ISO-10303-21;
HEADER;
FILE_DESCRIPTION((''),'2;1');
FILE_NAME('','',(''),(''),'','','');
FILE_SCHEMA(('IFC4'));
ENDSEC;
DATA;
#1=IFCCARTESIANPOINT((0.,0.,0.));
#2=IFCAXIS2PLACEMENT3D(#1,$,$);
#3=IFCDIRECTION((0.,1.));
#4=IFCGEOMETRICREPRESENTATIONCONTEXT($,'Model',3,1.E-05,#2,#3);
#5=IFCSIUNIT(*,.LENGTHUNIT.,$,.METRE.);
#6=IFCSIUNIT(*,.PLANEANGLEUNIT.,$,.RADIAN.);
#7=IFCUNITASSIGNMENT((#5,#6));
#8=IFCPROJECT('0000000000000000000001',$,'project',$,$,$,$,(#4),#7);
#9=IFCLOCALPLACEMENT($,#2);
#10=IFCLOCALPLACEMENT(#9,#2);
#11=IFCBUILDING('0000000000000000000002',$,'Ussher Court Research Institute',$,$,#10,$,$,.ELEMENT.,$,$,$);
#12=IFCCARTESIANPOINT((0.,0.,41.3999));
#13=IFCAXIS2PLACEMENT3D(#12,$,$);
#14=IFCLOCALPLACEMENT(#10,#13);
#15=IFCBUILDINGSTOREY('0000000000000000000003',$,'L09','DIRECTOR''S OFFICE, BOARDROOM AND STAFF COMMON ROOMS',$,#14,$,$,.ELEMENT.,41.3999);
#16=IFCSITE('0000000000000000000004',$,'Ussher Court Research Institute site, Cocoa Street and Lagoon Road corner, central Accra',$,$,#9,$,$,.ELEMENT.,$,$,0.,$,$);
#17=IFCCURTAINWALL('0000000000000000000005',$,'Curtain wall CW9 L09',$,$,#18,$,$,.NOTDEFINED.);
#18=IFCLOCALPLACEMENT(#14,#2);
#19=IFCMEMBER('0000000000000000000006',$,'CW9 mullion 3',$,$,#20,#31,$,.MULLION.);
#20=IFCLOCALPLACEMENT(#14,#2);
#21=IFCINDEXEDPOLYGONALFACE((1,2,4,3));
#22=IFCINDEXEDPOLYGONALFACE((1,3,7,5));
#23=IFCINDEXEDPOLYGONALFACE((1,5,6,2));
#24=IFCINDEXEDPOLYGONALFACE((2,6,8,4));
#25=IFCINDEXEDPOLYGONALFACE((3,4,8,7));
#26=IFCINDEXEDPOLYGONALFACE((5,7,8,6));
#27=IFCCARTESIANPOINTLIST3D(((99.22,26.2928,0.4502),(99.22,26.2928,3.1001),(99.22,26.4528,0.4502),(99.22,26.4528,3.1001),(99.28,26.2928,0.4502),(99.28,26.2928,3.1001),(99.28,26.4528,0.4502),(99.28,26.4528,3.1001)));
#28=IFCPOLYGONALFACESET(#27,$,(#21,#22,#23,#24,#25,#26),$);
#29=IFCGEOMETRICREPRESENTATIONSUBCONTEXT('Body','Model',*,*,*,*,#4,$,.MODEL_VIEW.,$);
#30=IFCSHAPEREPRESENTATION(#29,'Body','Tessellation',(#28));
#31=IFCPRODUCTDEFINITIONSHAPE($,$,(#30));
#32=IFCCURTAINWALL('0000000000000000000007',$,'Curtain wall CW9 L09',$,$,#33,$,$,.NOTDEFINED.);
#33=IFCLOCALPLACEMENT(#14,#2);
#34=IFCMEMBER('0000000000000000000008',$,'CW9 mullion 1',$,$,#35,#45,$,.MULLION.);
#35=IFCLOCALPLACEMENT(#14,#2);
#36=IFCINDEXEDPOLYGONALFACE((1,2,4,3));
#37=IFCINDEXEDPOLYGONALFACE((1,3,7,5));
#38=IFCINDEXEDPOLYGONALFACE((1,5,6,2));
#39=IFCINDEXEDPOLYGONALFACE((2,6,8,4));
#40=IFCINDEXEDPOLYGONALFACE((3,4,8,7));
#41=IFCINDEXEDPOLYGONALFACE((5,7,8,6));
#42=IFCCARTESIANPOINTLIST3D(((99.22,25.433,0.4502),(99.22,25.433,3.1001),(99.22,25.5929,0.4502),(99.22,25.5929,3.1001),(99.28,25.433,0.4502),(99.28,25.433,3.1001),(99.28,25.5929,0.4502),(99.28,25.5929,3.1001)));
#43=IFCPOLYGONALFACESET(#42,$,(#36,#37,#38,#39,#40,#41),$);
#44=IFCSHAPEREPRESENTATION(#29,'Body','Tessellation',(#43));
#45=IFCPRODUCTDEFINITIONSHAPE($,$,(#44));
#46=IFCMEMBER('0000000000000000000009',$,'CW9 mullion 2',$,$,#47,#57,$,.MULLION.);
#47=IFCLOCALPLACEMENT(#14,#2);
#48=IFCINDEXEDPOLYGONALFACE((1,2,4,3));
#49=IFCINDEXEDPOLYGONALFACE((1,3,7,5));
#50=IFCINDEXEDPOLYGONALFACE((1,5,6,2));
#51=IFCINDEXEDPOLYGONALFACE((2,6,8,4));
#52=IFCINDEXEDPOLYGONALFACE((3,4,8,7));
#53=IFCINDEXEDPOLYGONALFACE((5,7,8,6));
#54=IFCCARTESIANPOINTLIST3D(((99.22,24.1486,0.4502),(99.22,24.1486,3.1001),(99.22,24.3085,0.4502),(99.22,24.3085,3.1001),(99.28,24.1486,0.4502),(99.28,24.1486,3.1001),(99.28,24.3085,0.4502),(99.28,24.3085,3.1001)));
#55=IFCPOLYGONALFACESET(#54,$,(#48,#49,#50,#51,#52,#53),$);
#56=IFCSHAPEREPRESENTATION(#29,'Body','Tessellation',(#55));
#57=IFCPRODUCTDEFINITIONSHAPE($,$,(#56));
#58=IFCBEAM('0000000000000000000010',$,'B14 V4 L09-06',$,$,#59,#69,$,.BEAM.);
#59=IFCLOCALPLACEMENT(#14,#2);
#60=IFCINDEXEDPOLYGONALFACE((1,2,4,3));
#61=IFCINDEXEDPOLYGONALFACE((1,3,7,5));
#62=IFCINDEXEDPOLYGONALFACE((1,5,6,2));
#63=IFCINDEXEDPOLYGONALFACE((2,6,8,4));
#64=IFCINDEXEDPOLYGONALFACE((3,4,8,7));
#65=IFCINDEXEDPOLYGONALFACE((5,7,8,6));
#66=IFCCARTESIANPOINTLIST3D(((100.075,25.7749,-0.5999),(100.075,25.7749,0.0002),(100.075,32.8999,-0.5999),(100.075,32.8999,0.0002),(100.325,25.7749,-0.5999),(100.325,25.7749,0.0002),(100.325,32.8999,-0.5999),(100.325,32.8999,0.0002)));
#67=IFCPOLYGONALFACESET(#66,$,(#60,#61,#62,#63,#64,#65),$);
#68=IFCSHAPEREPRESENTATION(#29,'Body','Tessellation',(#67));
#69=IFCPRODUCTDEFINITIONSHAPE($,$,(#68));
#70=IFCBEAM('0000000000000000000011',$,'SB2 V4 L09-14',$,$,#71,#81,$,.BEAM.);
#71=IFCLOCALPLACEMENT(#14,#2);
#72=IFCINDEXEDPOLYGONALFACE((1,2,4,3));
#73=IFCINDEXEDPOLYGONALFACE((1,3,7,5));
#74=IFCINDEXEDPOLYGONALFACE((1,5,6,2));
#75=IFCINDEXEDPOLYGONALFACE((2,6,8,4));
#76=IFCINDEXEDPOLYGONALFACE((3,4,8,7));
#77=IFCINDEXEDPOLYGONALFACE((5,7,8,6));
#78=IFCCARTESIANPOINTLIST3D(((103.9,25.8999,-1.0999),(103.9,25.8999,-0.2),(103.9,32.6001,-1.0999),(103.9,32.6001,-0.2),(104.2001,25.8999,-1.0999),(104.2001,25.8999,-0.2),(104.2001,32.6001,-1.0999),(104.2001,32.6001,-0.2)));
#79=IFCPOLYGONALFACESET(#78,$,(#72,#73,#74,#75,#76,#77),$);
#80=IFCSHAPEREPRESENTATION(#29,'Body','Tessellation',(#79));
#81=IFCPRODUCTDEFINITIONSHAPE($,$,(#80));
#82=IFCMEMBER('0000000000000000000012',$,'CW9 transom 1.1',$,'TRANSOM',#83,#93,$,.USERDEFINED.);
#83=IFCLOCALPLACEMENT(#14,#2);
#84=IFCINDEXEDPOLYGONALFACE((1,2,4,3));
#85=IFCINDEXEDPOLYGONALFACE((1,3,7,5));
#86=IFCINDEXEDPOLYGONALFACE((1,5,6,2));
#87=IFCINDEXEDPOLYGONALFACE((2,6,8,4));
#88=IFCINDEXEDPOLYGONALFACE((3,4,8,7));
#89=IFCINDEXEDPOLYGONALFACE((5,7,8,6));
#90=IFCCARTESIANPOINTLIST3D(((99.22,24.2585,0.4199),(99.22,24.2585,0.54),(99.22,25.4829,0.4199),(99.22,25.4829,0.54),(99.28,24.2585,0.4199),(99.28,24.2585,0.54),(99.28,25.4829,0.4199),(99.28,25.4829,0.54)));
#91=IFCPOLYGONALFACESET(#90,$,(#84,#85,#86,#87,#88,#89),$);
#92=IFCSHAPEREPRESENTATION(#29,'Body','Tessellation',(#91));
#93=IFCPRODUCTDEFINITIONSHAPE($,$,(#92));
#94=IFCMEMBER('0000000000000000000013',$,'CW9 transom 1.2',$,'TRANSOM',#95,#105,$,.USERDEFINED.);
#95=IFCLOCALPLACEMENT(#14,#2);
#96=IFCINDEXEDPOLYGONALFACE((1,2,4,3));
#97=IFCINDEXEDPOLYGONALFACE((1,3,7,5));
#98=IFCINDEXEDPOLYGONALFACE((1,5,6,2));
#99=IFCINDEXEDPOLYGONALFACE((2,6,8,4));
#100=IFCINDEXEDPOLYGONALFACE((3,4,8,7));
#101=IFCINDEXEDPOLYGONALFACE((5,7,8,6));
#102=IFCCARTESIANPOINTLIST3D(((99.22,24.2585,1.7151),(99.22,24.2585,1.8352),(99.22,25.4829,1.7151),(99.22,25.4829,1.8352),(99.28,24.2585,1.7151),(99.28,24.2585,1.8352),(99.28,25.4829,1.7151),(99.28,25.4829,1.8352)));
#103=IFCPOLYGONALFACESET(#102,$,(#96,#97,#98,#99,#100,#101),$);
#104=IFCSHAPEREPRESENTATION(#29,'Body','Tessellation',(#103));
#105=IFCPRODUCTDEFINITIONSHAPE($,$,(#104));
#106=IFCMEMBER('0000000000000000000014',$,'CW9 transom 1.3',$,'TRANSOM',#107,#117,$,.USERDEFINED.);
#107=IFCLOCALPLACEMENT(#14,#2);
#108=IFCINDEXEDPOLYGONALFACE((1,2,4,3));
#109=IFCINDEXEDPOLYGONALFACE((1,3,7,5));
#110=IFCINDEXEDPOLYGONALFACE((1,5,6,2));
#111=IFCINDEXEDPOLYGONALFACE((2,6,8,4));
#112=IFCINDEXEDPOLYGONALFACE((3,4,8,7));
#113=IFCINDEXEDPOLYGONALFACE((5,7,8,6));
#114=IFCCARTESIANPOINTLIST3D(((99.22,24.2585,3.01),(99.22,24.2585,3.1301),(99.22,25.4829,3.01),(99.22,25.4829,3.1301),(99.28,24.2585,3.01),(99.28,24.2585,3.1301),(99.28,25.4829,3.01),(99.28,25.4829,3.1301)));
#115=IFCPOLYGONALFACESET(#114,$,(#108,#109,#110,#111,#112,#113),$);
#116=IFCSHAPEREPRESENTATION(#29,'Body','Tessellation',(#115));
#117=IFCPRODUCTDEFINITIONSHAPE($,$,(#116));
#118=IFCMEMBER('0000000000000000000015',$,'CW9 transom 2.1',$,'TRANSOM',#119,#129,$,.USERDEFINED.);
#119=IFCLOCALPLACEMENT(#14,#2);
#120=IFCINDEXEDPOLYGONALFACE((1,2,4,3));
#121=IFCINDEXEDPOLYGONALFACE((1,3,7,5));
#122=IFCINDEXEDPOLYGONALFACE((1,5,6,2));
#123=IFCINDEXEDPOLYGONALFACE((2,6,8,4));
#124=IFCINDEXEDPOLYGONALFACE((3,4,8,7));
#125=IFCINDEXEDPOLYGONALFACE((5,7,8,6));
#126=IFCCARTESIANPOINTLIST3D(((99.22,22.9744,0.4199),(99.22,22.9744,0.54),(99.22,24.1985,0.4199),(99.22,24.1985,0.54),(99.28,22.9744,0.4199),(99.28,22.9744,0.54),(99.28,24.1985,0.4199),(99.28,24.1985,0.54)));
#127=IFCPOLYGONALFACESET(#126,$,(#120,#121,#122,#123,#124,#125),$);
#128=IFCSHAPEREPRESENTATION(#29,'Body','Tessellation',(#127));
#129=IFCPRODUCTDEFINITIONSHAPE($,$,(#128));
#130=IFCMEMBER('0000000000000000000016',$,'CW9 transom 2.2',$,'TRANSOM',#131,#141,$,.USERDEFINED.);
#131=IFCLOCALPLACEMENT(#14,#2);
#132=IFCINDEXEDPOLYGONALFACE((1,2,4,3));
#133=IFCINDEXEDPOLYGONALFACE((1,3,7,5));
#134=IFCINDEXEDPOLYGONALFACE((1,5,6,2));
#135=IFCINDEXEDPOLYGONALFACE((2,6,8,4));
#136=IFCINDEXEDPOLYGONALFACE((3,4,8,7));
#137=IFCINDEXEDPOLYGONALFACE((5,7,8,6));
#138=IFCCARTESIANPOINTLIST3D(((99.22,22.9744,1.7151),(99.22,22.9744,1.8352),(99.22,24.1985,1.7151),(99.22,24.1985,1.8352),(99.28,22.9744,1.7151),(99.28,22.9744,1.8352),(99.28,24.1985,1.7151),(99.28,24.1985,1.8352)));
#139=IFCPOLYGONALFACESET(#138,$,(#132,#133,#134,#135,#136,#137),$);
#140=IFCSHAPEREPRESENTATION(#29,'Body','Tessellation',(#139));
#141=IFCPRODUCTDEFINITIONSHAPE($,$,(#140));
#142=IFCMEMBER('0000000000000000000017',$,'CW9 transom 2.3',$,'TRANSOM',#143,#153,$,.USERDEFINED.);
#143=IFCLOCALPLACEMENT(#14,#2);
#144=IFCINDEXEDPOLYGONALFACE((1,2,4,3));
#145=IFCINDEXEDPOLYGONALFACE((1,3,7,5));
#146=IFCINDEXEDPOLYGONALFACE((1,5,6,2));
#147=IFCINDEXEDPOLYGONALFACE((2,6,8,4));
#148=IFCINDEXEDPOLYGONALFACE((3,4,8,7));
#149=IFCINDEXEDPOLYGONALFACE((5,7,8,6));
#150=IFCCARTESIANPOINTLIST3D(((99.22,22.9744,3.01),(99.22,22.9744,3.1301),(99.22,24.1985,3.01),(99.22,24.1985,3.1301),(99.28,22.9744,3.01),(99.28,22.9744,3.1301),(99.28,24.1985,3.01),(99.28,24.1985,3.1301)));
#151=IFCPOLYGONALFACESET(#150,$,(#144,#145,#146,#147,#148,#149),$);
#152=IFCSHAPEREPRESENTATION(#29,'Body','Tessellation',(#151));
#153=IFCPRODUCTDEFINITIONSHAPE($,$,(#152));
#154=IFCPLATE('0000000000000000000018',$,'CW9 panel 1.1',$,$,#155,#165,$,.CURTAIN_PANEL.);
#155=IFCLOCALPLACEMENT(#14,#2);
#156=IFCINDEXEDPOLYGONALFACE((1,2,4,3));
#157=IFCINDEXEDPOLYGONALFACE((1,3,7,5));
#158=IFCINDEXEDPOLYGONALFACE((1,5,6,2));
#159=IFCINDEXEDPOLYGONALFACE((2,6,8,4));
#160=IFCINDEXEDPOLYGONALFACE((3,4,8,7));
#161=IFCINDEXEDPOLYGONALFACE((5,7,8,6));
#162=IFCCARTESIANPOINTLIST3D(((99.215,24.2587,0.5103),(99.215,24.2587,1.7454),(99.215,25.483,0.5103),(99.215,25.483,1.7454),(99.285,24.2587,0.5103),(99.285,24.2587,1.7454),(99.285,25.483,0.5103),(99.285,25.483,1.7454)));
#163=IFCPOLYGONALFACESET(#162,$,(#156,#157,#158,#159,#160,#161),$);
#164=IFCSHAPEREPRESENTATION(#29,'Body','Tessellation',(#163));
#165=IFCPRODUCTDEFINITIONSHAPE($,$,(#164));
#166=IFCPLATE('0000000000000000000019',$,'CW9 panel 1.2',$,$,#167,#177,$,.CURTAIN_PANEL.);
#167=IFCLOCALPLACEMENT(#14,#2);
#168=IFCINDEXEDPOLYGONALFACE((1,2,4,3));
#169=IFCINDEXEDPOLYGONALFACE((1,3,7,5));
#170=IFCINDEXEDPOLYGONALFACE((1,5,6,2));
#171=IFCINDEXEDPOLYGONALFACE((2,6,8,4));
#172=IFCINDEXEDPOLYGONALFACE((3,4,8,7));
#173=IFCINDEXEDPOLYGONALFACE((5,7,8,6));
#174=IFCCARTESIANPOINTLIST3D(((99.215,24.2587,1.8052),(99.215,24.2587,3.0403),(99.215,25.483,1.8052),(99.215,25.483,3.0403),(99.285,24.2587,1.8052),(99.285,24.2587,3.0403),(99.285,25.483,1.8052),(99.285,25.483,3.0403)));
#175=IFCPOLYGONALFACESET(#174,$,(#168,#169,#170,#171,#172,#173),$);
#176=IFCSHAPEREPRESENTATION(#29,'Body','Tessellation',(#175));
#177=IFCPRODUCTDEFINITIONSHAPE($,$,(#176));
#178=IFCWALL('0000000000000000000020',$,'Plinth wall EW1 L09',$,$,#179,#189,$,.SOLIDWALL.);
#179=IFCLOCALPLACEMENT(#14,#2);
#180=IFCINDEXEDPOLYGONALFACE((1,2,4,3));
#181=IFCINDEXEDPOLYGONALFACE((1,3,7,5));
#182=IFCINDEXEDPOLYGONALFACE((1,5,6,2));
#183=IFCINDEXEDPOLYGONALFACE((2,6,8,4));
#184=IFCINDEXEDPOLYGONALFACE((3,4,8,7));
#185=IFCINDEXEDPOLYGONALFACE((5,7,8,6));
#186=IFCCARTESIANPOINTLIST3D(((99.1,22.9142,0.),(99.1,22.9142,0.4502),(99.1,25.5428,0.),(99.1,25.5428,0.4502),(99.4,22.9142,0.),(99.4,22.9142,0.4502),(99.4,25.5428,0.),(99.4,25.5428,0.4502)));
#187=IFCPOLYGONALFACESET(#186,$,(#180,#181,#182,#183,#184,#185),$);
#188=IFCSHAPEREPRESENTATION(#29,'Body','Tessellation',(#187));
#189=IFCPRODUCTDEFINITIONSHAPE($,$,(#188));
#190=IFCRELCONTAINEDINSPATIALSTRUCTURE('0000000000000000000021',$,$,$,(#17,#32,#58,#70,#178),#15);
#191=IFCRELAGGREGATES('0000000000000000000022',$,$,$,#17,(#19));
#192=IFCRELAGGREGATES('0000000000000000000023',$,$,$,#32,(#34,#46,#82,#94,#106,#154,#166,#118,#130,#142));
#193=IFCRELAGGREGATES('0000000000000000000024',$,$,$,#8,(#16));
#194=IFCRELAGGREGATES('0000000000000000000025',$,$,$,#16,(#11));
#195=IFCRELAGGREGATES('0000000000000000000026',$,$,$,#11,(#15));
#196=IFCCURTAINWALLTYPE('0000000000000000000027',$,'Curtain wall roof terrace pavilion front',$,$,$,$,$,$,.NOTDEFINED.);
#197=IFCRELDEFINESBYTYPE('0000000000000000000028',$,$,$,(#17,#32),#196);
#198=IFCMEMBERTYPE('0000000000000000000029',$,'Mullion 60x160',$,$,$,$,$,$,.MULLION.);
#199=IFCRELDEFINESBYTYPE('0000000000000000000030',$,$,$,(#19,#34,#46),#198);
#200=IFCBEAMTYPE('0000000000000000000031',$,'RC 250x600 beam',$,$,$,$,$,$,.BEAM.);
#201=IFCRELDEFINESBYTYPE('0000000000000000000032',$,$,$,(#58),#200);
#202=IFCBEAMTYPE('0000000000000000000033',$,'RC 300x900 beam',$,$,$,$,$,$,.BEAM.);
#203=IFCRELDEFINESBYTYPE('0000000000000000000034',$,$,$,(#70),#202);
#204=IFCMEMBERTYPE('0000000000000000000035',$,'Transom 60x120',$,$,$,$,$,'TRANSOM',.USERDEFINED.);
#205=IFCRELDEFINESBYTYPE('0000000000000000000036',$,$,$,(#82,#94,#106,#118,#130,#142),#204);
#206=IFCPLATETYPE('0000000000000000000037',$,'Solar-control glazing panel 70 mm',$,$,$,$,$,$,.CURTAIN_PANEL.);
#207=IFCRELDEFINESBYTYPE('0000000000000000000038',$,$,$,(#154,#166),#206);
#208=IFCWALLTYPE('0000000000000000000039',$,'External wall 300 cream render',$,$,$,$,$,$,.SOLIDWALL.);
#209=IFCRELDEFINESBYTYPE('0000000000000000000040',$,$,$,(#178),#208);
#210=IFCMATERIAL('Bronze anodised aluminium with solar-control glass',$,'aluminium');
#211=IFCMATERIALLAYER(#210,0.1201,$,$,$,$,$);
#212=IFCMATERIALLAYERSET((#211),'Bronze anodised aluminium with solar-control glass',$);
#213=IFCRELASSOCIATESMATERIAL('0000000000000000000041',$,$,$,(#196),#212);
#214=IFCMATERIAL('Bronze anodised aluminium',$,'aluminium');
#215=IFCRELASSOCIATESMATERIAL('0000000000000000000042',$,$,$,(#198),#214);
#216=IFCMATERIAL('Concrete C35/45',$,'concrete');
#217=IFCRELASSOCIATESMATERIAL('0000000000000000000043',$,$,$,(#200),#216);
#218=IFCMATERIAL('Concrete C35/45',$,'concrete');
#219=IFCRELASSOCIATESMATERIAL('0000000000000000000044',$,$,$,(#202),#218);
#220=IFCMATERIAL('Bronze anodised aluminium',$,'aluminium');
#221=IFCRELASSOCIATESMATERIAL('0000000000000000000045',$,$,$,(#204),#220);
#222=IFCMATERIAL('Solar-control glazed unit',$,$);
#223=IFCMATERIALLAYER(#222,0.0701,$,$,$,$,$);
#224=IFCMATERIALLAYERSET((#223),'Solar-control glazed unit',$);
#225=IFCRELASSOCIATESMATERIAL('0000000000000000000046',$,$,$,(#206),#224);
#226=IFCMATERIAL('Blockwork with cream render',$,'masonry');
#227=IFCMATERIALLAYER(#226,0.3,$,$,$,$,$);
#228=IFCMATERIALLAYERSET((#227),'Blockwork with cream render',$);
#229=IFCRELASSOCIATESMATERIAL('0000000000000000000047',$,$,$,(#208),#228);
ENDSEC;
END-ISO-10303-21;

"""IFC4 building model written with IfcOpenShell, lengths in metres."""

from ifc_helpers import new_model, si_unit, direction, frame, frame_2d, origin, origin_2d, place, context, subcontext, project, spatial, rectangle, extrude, material, layer, layer_set, material_profile, profile_set, type_object, element, aggregate, save


model = new_model("IFC4")

# Units and contexts
model_context = context("Model", 3, precision=1e-05, world=origin(), true_north=direction((0.0, 1.0)))
body_context = subcontext(model_context, "Body", "Model", "MODEL_VIEW")
ifc_project = project(units=[si_unit("LENGTHUNIT", "METRE"), si_unit("PLANEANGLEUNIT", "RADIAN")], contexts=[model_context])

# Site, building, storey
site_placement = place(None, origin())
site = spatial("IfcSite", under=ifc_project, at=site_placement, Name="Ussher Court Research Institute site, Cocoa Street and Lagoon Road corner, central Accra", CompositionType="ELEMENT", RefElevation=0.0)
building_placement = place(site_placement, origin())
building = spatial("IfcBuilding", under=site, at=building_placement, Name="Ussher Court Research Institute", CompositionType="ELEMENT")
storey_placement = place(building_placement, frame((0.0, 0.0, 41.3999)))
storey = spatial("IfcBuildingStorey", under=building, at=storey_placement, Name="L09", Description="DIRECTOR'S OFFICE, BOARDROOM AND STAFF COMMON ROOMS", CompositionType="ELEMENT", Elevation=41.3999)

# Curtain wall, member
ifc_material_1 = material(Name="Bronze anodised aluminium with solar-control glass", Category="aluminium")
ifc_layer_1 = layer(ifc_material_1, 0.1201)
ifc_layer_set_1 = layer_set([ifc_layer_1], Name="Bronze anodised aluminium with solar-control glass")
curtain_wall_type = type_object("IfcCurtainWallType", Name="Curtain wall roof terrace pavilion front", PredefinedType="NOTDEFINED", material=ifc_layer_set_1)
curtain_wall_1_placement = place(storey_placement, origin())
curtain_wall_1 = element("IfcCurtainWall", 1, at=curtain_wall_1_placement, inside=storey, type_object=curtain_wall_type, Name="Curtain wall CW9 L09", PredefinedType="NOTDEFINED")
ifc_material_2 = material(Name="Bronze anodised aluminium", Category="aluminium")
ifc_material_profile_1 = material_profile(ifc_material_2, rectangle(XDim=0.0601, YDim=0.1599, at=origin_2d()), Name="Mullion 60x160")
ifc_profile_set_1 = profile_set([ifc_material_profile_1], Name="Bronze anodised aluminium")
member_type_1 = type_object("IfcMemberType", Name="Mullion 60x160", PredefinedType="MULLION", material=ifc_profile_set_1)
member_1_placement = place(storey_placement, frame((99.25, 26.3728, 0.4502), z_axis=(0.0, 0.0, 1.0), x_axis=(1.0, 0.0, 0.0)))
member_1 = element("IfcMember", 2, at=member_1_placement, type_object=member_type_1, Name="CW9 mullion 3", PredefinedType="MULLION", context=body_context, shape_type="SweptSolid", body=[
    extrude(rectangle(XDim=0.0601, YDim=0.1599, at=origin_2d()), origin(), (0.0, 0.0, 1.0), 2.6499),
])
aggregate(curtain_wall_1, [member_1])

# Curtain wall, members
curtain_wall_2_placement = place(storey_placement, origin())
curtain_wall_2 = element("IfcCurtainWall", 3, at=curtain_wall_2_placement, inside=storey, type_object=curtain_wall_type, Name="Curtain wall CW9 L09", PredefinedType="NOTDEFINED")
member_2_placement = place(storey_placement, frame((99.25, 25.5129, 0.4502), z_axis=(0.0, 0.0, 1.0), x_axis=(1.0, 0.0, 0.0)))
member_2 = element("IfcMember", 4, at=member_2_placement, type_object=member_type_1, Name="CW9 mullion 1", PredefinedType="MULLION", context=body_context, shape_type="SweptSolid", body=[
    extrude(rectangle(XDim=0.0601, YDim=0.1599, at=origin_2d()), origin(), (0.0, 0.0, 1.0), 2.6499),
])
member_3_placement = place(storey_placement, frame((99.25, 24.2285, 0.4502), z_axis=(0.0, 0.0, 1.0), x_axis=(1.0, 0.0, 0.0)))
member_3 = element("IfcMember", 5, at=member_3_placement, type_object=member_type_1, Name="CW9 mullion 2", PredefinedType="MULLION", context=body_context, shape_type="SweptSolid", body=[
    extrude(rectangle(XDim=0.0601, YDim=0.1599, at=origin_2d()), origin(), (0.0, 0.0, 1.0), 2.6499),
])

# Beams
ifc_material_3 = material(Name="Concrete C35/45", Category="concrete")
ifc_material_profile_2 = material_profile(ifc_material_3, rectangle(XDim=0.25, YDim=0.6001, at=origin_2d()), Name="RC 250x600")
ifc_profile_set_2 = profile_set([ifc_material_profile_2], Name="Concrete C35/45")
beam_type_1 = type_object("IfcBeamType", Name="RC 250x600 beam", PredefinedType="BEAM", material=ifc_profile_set_2)
beam_1_placement = place(storey_placement, frame((100.2, 25.7749, -0.2998), z_axis=(0.0, 1.0, 0.0), x_axis=(-1.0, 0.0, 0.0)))
element("IfcBeam", 6, at=beam_1_placement, inside=storey, type_object=beam_type_1, Name="B14 V4 L09-06", PredefinedType="BEAM", context=body_context, shape_type="SweptSolid", body=[
    extrude(rectangle(XDim=0.25, YDim=0.6001, at=origin_2d()), origin(), (0.0, 0.0, 1.0), 7.125),
])
ifc_material_4 = material(Name="Concrete C35/45", Category="concrete")
ifc_material_profile_3 = material_profile(ifc_material_4, rectangle(XDim=0.3, YDim=0.8999, at=origin_2d()), Name="RC 300x900")
ifc_profile_set_3 = profile_set([ifc_material_profile_3], Name="Concrete C35/45")
beam_type_2 = type_object("IfcBeamType", Name="RC 300x900 beam", PredefinedType="BEAM", material=ifc_profile_set_3)
beam_2_placement = place(storey_placement, frame((104.05, 25.8999, -0.6499), z_axis=(0.0, 1.0, 0.0), x_axis=(-1.0, 0.0, 0.0)))
element("IfcBeam", 7, at=beam_2_placement, inside=storey, type_object=beam_type_2, Name="SB2 V4 L09-14", PredefinedType="BEAM", context=body_context, shape_type="SweptSolid", body=[
    extrude(rectangle(XDim=0.3, YDim=0.8999, at=origin_2d()), origin(), (0.0, 0.0, 1.0), 6.7002),
])

# Members
ifc_material_5 = material(Name="Bronze anodised aluminium", Category="aluminium")
ifc_material_profile_4 = material_profile(ifc_material_5, rectangle(XDim=0.0601, YDim=0.1201, at=origin_2d()), Name="Transom 60x120")
ifc_profile_set_4 = profile_set([ifc_material_profile_4], Name="Bronze anodised aluminium")
member_type_2 = type_object("IfcMemberType", Name="Transom 60x120", ElementType="TRANSOM", PredefinedType="USERDEFINED", material=ifc_profile_set_4)
member_4_placement = place(storey_placement, frame((99.25, 25.4829, 0.48), z_axis=(0.0, -1.0, 0.0), x_axis=(1.0, 0.0, 0.0)))
member_4 = element("IfcMember", 8, at=member_4_placement, type_object=member_type_2, Name="CW9 transom 1.1", ObjectType="TRANSOM", PredefinedType="USERDEFINED", context=body_context, shape_type="SweptSolid", body=[
    extrude(rectangle(XDim=0.0601, YDim=0.1201, at=origin_2d()), origin(), (0.0, 0.0, 1.0), 1.2244),
])
member_5_placement = place(storey_placement, frame((99.25, 25.4829, 1.7751), z_axis=(0.0, -1.0, 0.0), x_axis=(1.0, 0.0, 0.0)))
member_5 = element("IfcMember", 9, at=member_5_placement, type_object=member_type_2, Name="CW9 transom 1.2", ObjectType="TRANSOM", PredefinedType="USERDEFINED", context=body_context, shape_type="SweptSolid", body=[
    extrude(rectangle(XDim=0.0601, YDim=0.1201, at=origin_2d()), origin(), (0.0, 0.0, 1.0), 1.2244),
])
member_6_placement = place(storey_placement, frame((99.25, 25.4829, 3.0701), z_axis=(0.0, -1.0, 0.0), x_axis=(1.0, 0.0, 0.0)))
member_6 = element("IfcMember", 10, at=member_6_placement, type_object=member_type_2, Name="CW9 transom 1.3", ObjectType="TRANSOM", PredefinedType="USERDEFINED", context=body_context, shape_type="SweptSolid", body=[
    extrude(rectangle(XDim=0.0601, YDim=0.1201, at=origin_2d()), origin(), (0.0, 0.0, 1.0), 1.2244),
])
member_7_placement = place(storey_placement, frame((99.25, 24.1985, 0.48), z_axis=(0.0, -1.0, 0.0), x_axis=(1.0, 0.0, 0.0)))
member_7 = element("IfcMember", 11, at=member_7_placement, type_object=member_type_2, Name="CW9 transom 2.1", ObjectType="TRANSOM", PredefinedType="USERDEFINED", context=body_context, shape_type="SweptSolid", body=[
    extrude(rectangle(XDim=0.0601, YDim=0.1201, at=origin_2d()), origin(), (0.0, 0.0, 1.0), 1.2241),
])
member_8_placement = place(storey_placement, frame((99.25, 24.1985, 1.7751), z_axis=(0.0, -1.0, 0.0), x_axis=(1.0, 0.0, 0.0)))
member_8 = element("IfcMember", 12, at=member_8_placement, type_object=member_type_2, Name="CW9 transom 2.2", ObjectType="TRANSOM", PredefinedType="USERDEFINED", context=body_context, shape_type="SweptSolid", body=[
    extrude(rectangle(XDim=0.0601, YDim=0.1201, at=origin_2d()), origin(), (0.0, 0.0, 1.0), 1.2241),
])
member_9_placement = place(storey_placement, frame((99.25, 24.1985, 3.0701), z_axis=(0.0, -1.0, 0.0), x_axis=(1.0, 0.0, 0.0)))
member_9 = element("IfcMember", 13, at=member_9_placement, type_object=member_type_2, Name="CW9 transom 2.3", ObjectType="TRANSOM", PredefinedType="USERDEFINED", context=body_context, shape_type="SweptSolid", body=[
    extrude(rectangle(XDim=0.0601, YDim=0.1201, at=origin_2d()), origin(), (0.0, 0.0, 1.0), 1.2241),
])

# Plates
ifc_material_6 = material(Name="Solar-control glazed unit")
ifc_layer_2 = layer(ifc_material_6, 0.0701)
ifc_layer_set_2 = layer_set([ifc_layer_2], Name="Solar-control glazed unit")
plate_type = type_object("IfcPlateType", Name="Solar-control glazing panel 70 mm", PredefinedType="CURTAIN_PANEL", material=ifc_layer_set_2)
plate_1_placement = place(storey_placement, frame((99.25, 24.8708, 0.5103), z_axis=(0.0, 0.0, 1.0), x_axis=(0.0, -1.0, 0.0)))
plate_1 = element("IfcPlate", 14, at=plate_1_placement, type_object=plate_type, Name="CW9 panel 1.1", PredefinedType="CURTAIN_PANEL", context=body_context, shape_type="SweptSolid", body=[
    extrude(rectangle(XDim=1.2244, YDim=0.0701, at=origin_2d()), origin(), (0.0, 0.0, 1.0), 1.2351),
])
plate_2_placement = place(storey_placement, frame((99.25, 24.8708, 1.8052), z_axis=(0.0, 0.0, 1.0), x_axis=(0.0, -1.0, 0.0)))
plate_2 = element("IfcPlate", 15, at=plate_2_placement, type_object=plate_type, Name="CW9 panel 1.2", PredefinedType="CURTAIN_PANEL", context=body_context, shape_type="SweptSolid", body=[
    extrude(rectangle(XDim=1.2244, YDim=0.0701, at=origin_2d()), origin(), (0.0, 0.0, 1.0), 1.2351),
])
aggregate(curtain_wall_2, [member_2, member_3, member_4, member_5, member_6, plate_1, plate_2, member_7, member_8, member_9])

# Wall
ifc_material_7 = material(Name="Blockwork with cream render", Category="masonry")
ifc_layer_3 = layer(ifc_material_7, 0.3)
ifc_layer_set_3 = layer_set([ifc_layer_3], Name="Blockwork with cream render")
wall_type = type_object("IfcWallType", Name="External wall 300 cream render", PredefinedType="SOLIDWALL", material=ifc_layer_set_3)
wall_placement = place(storey_placement, frame((99.25, 25.543, 0.0), z_axis=(0.0, 0.0, 1.0), x_axis=(0.0, -1.0, 0.0)))
element("IfcWall", 16, at=wall_placement, inside=storey, type_object=wall_type, Name="Plinth wall EW1 L09", PredefinedType="SOLIDWALL", context=body_context, shape_type="SweptSolid", body=[
    extrude(rectangle(XDim=2.6287, YDim=0.3, at=frame_2d((1.3145, 0.0))), origin(), (0.0, 0.0, 1.0), 0.4502),
])

save(model, "model.ifc")
